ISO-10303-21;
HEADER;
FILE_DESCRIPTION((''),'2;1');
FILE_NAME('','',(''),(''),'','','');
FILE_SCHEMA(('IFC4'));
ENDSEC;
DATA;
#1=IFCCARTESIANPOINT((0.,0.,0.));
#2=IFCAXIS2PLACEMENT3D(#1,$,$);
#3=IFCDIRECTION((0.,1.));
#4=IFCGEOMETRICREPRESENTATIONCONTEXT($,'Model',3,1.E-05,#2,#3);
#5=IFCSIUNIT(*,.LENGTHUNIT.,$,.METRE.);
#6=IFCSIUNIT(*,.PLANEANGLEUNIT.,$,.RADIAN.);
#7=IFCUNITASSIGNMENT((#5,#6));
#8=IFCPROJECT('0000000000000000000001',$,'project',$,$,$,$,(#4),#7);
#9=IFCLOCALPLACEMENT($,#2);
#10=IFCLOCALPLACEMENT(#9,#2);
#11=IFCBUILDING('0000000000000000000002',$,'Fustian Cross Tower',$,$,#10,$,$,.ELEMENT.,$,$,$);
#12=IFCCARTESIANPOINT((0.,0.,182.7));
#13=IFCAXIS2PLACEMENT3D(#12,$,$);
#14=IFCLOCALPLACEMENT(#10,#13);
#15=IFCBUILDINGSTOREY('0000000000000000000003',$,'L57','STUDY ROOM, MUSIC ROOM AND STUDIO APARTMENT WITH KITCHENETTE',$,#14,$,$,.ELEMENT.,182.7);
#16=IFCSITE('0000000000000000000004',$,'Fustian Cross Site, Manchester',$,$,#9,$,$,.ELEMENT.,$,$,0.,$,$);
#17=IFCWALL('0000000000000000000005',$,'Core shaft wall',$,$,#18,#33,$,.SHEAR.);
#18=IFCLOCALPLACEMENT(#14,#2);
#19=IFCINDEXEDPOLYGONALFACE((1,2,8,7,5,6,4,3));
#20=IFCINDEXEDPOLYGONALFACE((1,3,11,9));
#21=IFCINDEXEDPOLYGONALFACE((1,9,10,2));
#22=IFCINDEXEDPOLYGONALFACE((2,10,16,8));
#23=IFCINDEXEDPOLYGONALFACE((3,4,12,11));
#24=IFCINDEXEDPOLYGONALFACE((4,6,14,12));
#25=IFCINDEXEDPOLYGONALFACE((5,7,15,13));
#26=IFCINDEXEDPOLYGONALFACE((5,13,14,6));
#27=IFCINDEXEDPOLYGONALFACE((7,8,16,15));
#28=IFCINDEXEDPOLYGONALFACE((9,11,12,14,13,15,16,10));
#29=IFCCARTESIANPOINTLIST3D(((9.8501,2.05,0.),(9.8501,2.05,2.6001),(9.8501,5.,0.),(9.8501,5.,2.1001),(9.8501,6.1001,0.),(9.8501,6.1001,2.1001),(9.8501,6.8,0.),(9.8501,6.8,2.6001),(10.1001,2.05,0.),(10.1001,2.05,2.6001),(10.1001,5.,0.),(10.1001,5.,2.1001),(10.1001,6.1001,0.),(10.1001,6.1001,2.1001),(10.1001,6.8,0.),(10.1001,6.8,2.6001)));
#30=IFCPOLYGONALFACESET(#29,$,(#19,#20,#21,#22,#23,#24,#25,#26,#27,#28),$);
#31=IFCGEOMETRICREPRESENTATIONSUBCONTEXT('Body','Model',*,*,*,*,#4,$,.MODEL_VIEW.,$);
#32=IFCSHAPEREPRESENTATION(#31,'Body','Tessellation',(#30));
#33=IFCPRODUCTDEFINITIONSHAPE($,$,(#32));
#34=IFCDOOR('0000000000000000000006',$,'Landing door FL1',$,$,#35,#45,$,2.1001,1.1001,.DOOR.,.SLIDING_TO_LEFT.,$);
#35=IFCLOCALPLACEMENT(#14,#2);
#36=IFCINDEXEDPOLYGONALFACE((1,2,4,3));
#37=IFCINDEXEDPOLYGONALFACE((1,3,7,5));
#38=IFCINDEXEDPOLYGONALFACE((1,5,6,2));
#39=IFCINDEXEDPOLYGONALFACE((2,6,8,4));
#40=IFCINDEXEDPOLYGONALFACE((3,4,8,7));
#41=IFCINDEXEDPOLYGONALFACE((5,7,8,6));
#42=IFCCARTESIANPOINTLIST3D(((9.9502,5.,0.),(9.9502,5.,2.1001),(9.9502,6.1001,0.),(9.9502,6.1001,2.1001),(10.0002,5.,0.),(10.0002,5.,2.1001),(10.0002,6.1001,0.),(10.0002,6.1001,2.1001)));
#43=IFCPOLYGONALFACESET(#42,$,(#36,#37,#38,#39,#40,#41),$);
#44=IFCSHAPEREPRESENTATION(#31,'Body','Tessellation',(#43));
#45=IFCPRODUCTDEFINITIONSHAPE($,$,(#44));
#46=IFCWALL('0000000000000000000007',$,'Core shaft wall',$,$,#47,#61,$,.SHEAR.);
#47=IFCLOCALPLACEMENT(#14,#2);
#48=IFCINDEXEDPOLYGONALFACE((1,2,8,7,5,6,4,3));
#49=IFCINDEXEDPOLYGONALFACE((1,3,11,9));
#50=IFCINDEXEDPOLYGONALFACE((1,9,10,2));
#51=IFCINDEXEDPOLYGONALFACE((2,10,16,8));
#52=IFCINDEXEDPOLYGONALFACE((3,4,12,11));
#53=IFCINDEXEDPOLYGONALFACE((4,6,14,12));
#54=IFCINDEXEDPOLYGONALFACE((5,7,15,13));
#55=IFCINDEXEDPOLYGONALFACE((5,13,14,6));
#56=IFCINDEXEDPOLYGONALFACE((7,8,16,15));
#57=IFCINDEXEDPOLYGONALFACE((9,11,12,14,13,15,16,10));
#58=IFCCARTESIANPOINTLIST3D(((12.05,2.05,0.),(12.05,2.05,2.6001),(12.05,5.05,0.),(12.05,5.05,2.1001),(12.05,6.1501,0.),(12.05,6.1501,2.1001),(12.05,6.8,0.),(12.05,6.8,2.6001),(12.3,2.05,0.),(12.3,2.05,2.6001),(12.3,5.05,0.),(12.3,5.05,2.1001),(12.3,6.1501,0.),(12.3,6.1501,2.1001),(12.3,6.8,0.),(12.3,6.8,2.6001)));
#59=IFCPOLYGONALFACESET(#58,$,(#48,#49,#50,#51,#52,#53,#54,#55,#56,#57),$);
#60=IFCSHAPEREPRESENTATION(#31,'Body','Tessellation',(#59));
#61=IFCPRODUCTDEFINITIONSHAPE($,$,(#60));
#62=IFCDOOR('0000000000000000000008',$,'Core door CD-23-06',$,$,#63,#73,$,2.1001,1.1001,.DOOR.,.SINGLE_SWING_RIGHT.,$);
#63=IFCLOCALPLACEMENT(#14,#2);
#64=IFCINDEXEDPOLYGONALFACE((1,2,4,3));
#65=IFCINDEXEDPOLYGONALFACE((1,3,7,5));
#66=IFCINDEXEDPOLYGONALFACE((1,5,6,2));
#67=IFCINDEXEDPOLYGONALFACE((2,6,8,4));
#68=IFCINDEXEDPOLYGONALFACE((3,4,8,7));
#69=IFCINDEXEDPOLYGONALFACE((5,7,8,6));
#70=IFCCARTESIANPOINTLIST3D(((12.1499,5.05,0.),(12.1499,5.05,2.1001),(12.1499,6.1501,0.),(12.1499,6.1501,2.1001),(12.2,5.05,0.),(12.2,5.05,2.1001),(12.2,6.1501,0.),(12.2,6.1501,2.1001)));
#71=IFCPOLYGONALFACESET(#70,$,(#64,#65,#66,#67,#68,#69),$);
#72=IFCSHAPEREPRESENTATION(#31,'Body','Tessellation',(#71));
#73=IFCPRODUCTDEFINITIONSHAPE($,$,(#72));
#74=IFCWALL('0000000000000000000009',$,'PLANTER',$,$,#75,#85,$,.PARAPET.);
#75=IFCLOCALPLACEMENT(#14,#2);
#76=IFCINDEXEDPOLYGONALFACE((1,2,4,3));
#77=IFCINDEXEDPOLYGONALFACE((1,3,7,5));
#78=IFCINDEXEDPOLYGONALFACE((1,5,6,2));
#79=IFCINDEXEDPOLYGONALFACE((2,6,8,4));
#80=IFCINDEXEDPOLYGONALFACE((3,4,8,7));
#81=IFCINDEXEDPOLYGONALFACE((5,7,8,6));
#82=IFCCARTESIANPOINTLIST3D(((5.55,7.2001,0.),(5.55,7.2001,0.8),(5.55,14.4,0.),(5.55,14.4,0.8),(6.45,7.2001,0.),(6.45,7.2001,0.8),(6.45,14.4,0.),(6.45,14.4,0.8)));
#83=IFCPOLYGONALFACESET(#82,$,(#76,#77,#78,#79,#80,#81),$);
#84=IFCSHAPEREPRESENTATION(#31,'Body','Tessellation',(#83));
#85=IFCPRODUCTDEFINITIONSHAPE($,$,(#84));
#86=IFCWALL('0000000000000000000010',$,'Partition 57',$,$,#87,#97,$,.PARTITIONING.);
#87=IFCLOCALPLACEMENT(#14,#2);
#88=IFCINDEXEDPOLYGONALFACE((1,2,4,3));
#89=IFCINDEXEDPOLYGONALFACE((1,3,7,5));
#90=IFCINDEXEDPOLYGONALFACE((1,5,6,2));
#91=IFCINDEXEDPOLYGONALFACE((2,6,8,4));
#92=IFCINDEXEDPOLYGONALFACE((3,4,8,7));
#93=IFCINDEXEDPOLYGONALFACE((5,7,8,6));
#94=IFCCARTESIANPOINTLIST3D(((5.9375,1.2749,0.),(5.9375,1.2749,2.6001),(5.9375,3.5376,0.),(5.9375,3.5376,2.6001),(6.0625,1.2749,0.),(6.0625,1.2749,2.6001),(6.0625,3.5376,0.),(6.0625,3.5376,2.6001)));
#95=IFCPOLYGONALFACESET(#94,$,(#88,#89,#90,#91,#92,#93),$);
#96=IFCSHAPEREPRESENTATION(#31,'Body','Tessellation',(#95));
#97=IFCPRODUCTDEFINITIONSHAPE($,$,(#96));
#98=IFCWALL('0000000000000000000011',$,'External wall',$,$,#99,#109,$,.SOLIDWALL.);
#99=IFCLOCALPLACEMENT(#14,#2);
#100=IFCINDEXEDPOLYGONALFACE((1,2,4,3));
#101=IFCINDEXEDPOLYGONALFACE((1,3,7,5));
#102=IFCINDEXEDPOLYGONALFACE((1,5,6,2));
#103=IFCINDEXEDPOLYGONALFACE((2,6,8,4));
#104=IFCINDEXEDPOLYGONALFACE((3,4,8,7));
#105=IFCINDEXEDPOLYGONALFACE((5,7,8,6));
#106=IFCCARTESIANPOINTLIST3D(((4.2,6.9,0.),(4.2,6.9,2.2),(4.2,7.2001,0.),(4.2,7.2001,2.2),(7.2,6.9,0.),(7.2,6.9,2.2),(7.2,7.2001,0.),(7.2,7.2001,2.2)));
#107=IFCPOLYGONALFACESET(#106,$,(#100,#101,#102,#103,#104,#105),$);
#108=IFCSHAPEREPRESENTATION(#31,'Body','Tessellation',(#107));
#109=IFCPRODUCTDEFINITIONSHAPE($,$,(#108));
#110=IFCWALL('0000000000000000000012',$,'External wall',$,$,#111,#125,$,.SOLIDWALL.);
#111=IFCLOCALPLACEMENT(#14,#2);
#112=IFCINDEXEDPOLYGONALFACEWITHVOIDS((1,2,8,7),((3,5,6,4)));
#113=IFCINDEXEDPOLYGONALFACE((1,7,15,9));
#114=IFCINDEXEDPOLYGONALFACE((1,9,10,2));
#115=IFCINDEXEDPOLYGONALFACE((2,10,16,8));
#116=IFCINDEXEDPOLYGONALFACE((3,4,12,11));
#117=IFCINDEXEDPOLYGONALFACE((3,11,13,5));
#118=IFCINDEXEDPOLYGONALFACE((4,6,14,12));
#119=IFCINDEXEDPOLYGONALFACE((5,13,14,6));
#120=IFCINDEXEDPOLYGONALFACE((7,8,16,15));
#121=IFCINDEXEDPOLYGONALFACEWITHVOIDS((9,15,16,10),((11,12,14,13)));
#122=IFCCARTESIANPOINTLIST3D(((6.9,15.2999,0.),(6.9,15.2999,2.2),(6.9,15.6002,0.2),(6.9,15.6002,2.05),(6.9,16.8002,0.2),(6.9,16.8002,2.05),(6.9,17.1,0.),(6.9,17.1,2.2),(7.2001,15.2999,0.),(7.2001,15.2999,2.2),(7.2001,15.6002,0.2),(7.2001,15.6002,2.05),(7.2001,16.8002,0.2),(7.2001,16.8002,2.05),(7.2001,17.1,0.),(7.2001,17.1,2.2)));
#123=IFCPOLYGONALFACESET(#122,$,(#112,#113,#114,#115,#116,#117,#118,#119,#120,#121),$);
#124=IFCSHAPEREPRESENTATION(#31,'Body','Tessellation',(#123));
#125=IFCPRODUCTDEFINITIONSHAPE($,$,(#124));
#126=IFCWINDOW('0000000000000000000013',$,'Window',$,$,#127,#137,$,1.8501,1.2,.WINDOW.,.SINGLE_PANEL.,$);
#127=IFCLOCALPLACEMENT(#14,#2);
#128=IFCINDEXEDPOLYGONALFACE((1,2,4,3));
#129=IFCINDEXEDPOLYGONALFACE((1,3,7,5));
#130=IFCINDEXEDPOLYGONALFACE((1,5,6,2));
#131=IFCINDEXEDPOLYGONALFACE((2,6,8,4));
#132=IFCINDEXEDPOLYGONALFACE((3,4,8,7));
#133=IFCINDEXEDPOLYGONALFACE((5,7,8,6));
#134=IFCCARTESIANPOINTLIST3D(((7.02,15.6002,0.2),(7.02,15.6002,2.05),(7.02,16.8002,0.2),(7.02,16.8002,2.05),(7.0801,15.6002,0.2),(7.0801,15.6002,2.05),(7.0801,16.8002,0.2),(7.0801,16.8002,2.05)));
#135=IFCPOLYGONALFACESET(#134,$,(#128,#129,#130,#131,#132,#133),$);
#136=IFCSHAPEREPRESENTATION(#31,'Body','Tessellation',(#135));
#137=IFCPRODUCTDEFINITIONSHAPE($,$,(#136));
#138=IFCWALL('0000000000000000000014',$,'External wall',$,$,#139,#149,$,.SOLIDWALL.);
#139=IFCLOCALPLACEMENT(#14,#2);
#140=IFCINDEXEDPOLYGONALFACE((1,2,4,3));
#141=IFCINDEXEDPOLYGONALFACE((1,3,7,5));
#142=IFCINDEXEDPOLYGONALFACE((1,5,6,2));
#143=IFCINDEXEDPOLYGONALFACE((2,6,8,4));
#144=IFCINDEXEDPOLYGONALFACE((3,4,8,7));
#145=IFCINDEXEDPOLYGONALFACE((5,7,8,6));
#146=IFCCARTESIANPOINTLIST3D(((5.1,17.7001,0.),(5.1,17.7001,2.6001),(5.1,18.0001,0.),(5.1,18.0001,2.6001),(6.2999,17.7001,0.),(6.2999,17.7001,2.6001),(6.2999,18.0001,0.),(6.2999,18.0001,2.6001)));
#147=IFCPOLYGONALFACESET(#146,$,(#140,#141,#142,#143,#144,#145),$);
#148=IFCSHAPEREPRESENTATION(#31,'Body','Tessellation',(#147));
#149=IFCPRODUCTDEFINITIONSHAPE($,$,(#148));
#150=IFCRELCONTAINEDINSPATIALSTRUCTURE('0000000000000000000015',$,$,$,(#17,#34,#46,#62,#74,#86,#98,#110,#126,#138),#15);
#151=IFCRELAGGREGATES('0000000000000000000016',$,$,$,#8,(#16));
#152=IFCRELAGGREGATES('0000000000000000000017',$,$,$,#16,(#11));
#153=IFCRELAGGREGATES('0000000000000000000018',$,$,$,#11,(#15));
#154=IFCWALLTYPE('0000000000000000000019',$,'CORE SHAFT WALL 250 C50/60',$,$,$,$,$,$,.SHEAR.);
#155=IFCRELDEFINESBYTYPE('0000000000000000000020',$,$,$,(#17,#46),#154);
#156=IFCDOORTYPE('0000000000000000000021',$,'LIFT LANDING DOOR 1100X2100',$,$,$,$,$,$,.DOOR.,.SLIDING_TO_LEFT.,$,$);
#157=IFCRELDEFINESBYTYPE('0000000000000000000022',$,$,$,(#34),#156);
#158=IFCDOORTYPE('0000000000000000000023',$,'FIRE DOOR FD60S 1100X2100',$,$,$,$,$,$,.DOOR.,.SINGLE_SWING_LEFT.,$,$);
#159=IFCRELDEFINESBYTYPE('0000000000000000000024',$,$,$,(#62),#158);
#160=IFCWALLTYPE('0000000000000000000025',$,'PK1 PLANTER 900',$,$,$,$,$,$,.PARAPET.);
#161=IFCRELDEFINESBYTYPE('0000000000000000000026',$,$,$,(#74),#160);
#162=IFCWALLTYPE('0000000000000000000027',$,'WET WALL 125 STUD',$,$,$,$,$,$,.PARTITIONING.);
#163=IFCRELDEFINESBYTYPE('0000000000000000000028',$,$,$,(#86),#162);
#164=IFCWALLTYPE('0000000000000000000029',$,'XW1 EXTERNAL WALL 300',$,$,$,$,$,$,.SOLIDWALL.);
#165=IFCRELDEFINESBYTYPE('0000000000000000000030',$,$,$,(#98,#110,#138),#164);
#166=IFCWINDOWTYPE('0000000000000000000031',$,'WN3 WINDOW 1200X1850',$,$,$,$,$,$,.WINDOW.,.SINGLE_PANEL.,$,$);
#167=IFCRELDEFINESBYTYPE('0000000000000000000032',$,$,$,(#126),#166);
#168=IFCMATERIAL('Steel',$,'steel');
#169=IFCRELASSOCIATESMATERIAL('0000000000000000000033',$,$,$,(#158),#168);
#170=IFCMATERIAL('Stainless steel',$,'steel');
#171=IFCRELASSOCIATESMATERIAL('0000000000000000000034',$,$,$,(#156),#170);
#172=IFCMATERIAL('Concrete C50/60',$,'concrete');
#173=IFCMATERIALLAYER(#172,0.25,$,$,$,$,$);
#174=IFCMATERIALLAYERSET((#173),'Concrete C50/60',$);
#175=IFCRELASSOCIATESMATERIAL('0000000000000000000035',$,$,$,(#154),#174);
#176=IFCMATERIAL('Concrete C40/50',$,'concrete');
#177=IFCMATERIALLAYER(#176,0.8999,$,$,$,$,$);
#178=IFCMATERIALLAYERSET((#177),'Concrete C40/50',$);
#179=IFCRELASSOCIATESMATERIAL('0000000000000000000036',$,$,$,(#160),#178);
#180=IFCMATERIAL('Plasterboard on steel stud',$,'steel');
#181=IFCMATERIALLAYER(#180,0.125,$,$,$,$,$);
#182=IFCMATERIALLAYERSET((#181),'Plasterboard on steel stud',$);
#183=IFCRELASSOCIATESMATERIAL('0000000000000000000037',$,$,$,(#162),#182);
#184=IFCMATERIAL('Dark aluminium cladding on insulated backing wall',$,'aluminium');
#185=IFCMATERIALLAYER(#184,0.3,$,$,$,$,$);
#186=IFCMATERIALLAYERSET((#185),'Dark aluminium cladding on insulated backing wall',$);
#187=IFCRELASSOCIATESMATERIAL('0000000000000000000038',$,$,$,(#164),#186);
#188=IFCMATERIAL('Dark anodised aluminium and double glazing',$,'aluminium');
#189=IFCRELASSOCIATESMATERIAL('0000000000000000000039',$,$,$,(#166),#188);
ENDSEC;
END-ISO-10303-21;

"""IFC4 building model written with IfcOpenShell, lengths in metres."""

from ifc_helpers import new_model, si_unit, direction, frame, frame_2d, origin, place, context, subcontext, project, spatial, rectangle, extrude, material, layer, layer_set, type_object, element, fill, save


model = new_model("IFC4")

# Units and contexts
model_context = context("Model", 3, precision=1e-05, world=origin(), true_north=direction((0.0, 1.0)))
body_context = subcontext(model_context, "Body", "Model", "MODEL_VIEW")
ifc_project = project(units=[si_unit("LENGTHUNIT", "METRE"), si_unit("PLANEANGLEUNIT", "RADIAN")], contexts=[model_context])

# Site, building, storey
site_placement = place(None, origin())
site = spatial("IfcSite", under=ifc_project, at=site_placement, Name="Fustian Cross Site, Manchester", CompositionType="ELEMENT", RefElevation=0.0)
building_placement = place(site_placement, origin())
building = spatial("IfcBuilding", under=site, at=building_placement, Name="Fustian Cross Tower", CompositionType="ELEMENT")
storey_placement = place(building_placement, frame((0.0, 0.0, 182.7)))
storey = spatial("IfcBuildingStorey", under=building, at=storey_placement, Name="L57", Description="STUDY ROOM, MUSIC ROOM AND STUDIO APARTMENT WITH KITCHENETTE", CompositionType="ELEMENT", Elevation=182.7)

# Shared definitions
ifc_material_1 = material(Name="Steel", Category="steel")
door_type_1 = type_object("IfcDoorType", Name="FIRE DOOR FD60S 1100X2100", OperationType="SINGLE_SWING_LEFT", PredefinedType="DOOR", material=ifc_material_1)
ifc_material_2 = material(Name="Stainless steel", Category="steel")
door_type_2 = type_object("IfcDoorType", Name="LIFT LANDING DOOR 1100X2100", OperationType="SLIDING_TO_LEFT", PredefinedType="DOOR", material=ifc_material_2)

# Shared definitions
ifc_material_3 = material(Name="Concrete C50/60", Category="concrete")
ifc_layer_1 = layer(ifc_material_3, 0.25)
ifc_layer_set_1 = layer_set([ifc_layer_1], Name="Concrete C50/60")
wall_type_1 = type_object("IfcWallType", Name="CORE SHAFT WALL 250 C50/60", PredefinedType="SHEAR", material=ifc_layer_set_1)

# Walls, openings, doors
wall_1_placement = place(storey_placement, frame((9.9751, 2.05, 0.0), z_axis=(0.0, 0.0, 1.0), x_axis=(0.0, 1.0, 0.0)))
wall_1 = element("IfcWall", 1, at=wall_1_placement, inside=storey, type_object=wall_type_1, Name="Core shaft wall", PredefinedType="SHEAR", context=body_context, shape_type="SweptSolid", body=[
    extrude(rectangle(XDim=4.75, YDim=0.25, at=frame_2d((2.375, 0.0))), origin(), (0.0, 0.0, 1.0), 2.6001),
])
opening_1_placement = place(wall_1_placement, frame((2.95, 0.0, 0.0)))
opening_1 = element("IfcOpeningElement", 2, at=opening_1_placement, cuts=wall_1, PredefinedType="OPENING", context=body_context, shape_type="SweptSolid", body=[
    extrude(rectangle(XDim=1.1001, YDim=2.1001, at=frame_2d((0.55, 1.05))), frame((0.0, 0.135, 0.0), z_axis=(0.0, -1.0, 0.0), x_axis=(1.0, 0.0, 0.0)), (0.0, 0.0, 1.0), 0.27),
])
door_1_placement = place(opening_1_placement, origin())
door_1 = element("IfcDoor", 3, at=door_1_placement, inside=storey, type_object=door_type_2, Name="Landing door FL1", OperationType="SLIDING_TO_LEFT", OverallHeight=2.1001, OverallWidth=1.1001, PredefinedType="DOOR", context=body_context, shape_type="SweptSolid", body=[
    extrude(rectangle(XDim=1.1001, YDim=2.1001, at=frame_2d((0.55, 1.05))), frame((0.0, 0.0249, 0.0), z_axis=(0.0, -1.0, 0.0), x_axis=(1.0, 0.0, 0.0)), (0.0, 0.0, 1.0), 0.05),
])
fill(opening_1, door_1)
wall_2_placement = place(storey_placement, frame((12.175, 2.05, 0.0), z_axis=(0.0, 0.0, 1.0), x_axis=(0.0, 1.0, 0.0)))
wall_2 = element("IfcWall", 4, at=wall_2_placement, inside=storey, type_object=wall_type_1, Name="Core shaft wall", PredefinedType="SHEAR", context=body_context, shape_type="SweptSolid", body=[
    extrude(rectangle(XDim=4.75, YDim=0.25, at=frame_2d((2.375, 0.0))), origin(), (0.0, 0.0, 1.0), 2.6001),
])
opening_2_placement = place(wall_2_placement, frame((3.0, 0.0, 0.0)))
opening_2 = element("IfcOpeningElement", 5, at=opening_2_placement, cuts=wall_2, PredefinedType="OPENING", context=body_context, shape_type="SweptSolid", body=[
    extrude(rectangle(XDim=1.1001, YDim=2.1001, at=frame_2d((0.55, 1.05))), frame((0.0, 0.135, 0.0), z_axis=(0.0, -1.0, 0.0), x_axis=(1.0, 0.0, 0.0)), (0.0, 0.0, 1.0), 0.27),
])
door_2_placement = place(opening_2_placement, frame((1.1001, 0.0, 0.0), z_axis=(0.0, 0.0, 1.0), x_axis=(-1.0, 0.0, 0.0)))
door_2 = element("IfcDoor", 6, at=door_2_placement, inside=storey, type_object=door_type_1, Name="Core door CD-23-06", OperationType="SINGLE_SWING_RIGHT", OverallHeight=2.1001, OverallWidth=1.1001, PredefinedType="DOOR", context=body_context, shape_type="SweptSolid", body=[
    extrude(rectangle(XDim=1.1001, YDim=2.1001, at=frame_2d((0.55, 1.05))), frame((0.0, 0.0249, 0.0), z_axis=(0.0, -1.0, 0.0), x_axis=(1.0, 0.0, 0.0)), (0.0, 0.0, 1.0), 0.05),
])
fill(opening_2, door_2)

# Walls
ifc_material_4 = material(Name="Concrete C40/50", Category="concrete")
ifc_layer_2 = layer(ifc_material_4, 0.8999)
ifc_layer_set_2 = layer_set([ifc_layer_2], Name="Concrete C40/50")
wall_type_2 = type_object("IfcWallType", Name="PK1 PLANTER 900", PredefinedType="PARAPET", material=ifc_layer_set_2)
wall_3_placement = place(storey_placement, frame((6.0, 7.2, 0.0), z_axis=(0.0, 0.0, 1.0), x_axis=(0.0, 1.0, 0.0)))
element("IfcWall", 7, at=wall_3_placement, inside=storey, type_object=wall_type_2, Name="PLANTER", PredefinedType="PARAPET", context=body_context, shape_type="SweptSolid", body=[
    extrude(rectangle(XDim=7.2, YDim=0.8999, at=frame_2d((3.6001, 0.0))), origin(), (0.0, 0.0, 1.0), 0.8),
])
ifc_material_5 = material(Name="Plasterboard on steel stud", Category="steel")
ifc_layer_3 = layer(ifc_material_5, 0.125)
ifc_layer_set_3 = layer_set([ifc_layer_3], Name="Plasterboard on steel stud")
wall_type_3 = type_object("IfcWallType", Name="WET WALL 125 STUD", PredefinedType="PARTITIONING", material=ifc_layer_set_3)
wall_4_placement = place(storey_placement, frame((6.0, 1.2749, 0.0), z_axis=(0.0, 0.0, 1.0), x_axis=(0.0, 1.0, 0.0)))
element("IfcWall", 8, at=wall_4_placement, inside=storey, type_object=wall_type_3, Name="Partition 57", PredefinedType="PARTITIONING", context=body_context, shape_type="SweptSolid", body=[
    extrude(rectangle(XDim=2.2627, YDim=0.125, at=frame_2d((1.1313, 0.0))), origin(), (0.0, 0.0, 1.0), 2.6001),
])
ifc_material_6 = material(Name="Dark aluminium cladding on insulated backing wall", Category="aluminium")
ifc_layer_4 = layer(ifc_material_6, 0.3)
ifc_layer_set_4 = layer_set([ifc_layer_4], Name="Dark aluminium cladding on insulated backing wall")
wall_type_4 = type_object("IfcWallType", Name="XW1 EXTERNAL WALL 300", PredefinedType="SOLIDWALL", material=ifc_layer_set_4)
wall_5_placement = place(storey_placement, frame((7.2, 7.05, 0.0), z_axis=(0.0, 0.0, 1.0), x_axis=(-1.0, 0.0, 0.0)))
element("IfcWall", 9, at=wall_5_placement, inside=storey, type_object=wall_type_4, Name="External wall", PredefinedType="SOLIDWALL", context=body_context, shape_type="SweptSolid", body=[
    extrude(rectangle(XDim=3.0, YDim=0.3, at=frame_2d((1.5, 0.0))), origin(), (0.0, 0.0, 1.0), 2.2),
])

# Wall, opening, window
wall_6_placement = place(storey_placement, frame((7.05, 15.3, 0.0), z_axis=(0.0, 0.0, 1.0), x_axis=(0.0, 1.0, 0.0)))
wall_6 = element("IfcWall", 10, at=wall_6_placement, inside=storey, type_object=wall_type_4, Name="External wall", PredefinedType="SOLIDWALL", context=body_context, shape_type="SweptSolid", body=[
    extrude(rectangle(XDim=1.8, YDim=0.3, at=frame_2d((0.8999, 0.0))), origin(), (0.0, 0.0, 1.0), 2.2),
])
opening_3_placement = place(wall_6_placement, frame((0.3, 0.0, 0.2)))
opening_3 = element("IfcOpeningElement", 11, at=opening_3_placement, cuts=wall_6, PredefinedType="OPENING", context=body_context, shape_type="SweptSolid", body=[
    extrude(rectangle(XDim=1.2, YDim=1.8501, at=frame_2d((0.6001, 0.925))), frame((0.0, 0.1599, 0.0), z_axis=(0.0, -1.0, 0.0), x_axis=(1.0, 0.0, 0.0)), (0.0, 0.0, 1.0), 0.3201),
])
ifc_material_7 = material(Name="Dark anodised aluminium and double glazing", Category="aluminium")
window_type = type_object("IfcWindowType", Name="WN3 WINDOW 1200X1850", PartitioningType="SINGLE_PANEL", PredefinedType="WINDOW", material=ifc_material_7)
window_placement = place(opening_3_placement, origin())
window = element("IfcWindow", 12, at=window_placement, inside=storey, type_object=window_type, Name="Window", OverallHeight=1.8501, OverallWidth=1.2, PartitioningType="SINGLE_PANEL", PredefinedType="WINDOW", context=body_context, shape_type="SweptSolid", body=[
    extrude(rectangle(XDim=1.2, YDim=1.8501, at=frame_2d((0.6001, 0.925))), frame((0.0, 0.03, 0.0), z_axis=(0.0, -1.0, 0.0), x_axis=(1.0, 0.0, 0.0)), (0.0, 0.0, 1.0), 0.0601),
])
fill(opening_3, window)

# Wall
wall_7_placement = place(storey_placement, frame((6.3, 17.8501, 0.0), z_axis=(0.0, 0.0, 1.0), x_axis=(-1.0, 0.0, 0.0)))
element("IfcWall", 13, at=wall_7_placement, inside=storey, type_object=wall_type_4, Name="External wall", PredefinedType="SOLIDWALL", context=body_context, shape_type="SweptSolid", body=[
    extrude(rectangle(XDim=1.2, YDim=0.3, at=frame_2d((0.6001, 0.0))), origin(), (0.0, 0.0, 1.0), 2.6001),
])

save(model, "model.ifc")
